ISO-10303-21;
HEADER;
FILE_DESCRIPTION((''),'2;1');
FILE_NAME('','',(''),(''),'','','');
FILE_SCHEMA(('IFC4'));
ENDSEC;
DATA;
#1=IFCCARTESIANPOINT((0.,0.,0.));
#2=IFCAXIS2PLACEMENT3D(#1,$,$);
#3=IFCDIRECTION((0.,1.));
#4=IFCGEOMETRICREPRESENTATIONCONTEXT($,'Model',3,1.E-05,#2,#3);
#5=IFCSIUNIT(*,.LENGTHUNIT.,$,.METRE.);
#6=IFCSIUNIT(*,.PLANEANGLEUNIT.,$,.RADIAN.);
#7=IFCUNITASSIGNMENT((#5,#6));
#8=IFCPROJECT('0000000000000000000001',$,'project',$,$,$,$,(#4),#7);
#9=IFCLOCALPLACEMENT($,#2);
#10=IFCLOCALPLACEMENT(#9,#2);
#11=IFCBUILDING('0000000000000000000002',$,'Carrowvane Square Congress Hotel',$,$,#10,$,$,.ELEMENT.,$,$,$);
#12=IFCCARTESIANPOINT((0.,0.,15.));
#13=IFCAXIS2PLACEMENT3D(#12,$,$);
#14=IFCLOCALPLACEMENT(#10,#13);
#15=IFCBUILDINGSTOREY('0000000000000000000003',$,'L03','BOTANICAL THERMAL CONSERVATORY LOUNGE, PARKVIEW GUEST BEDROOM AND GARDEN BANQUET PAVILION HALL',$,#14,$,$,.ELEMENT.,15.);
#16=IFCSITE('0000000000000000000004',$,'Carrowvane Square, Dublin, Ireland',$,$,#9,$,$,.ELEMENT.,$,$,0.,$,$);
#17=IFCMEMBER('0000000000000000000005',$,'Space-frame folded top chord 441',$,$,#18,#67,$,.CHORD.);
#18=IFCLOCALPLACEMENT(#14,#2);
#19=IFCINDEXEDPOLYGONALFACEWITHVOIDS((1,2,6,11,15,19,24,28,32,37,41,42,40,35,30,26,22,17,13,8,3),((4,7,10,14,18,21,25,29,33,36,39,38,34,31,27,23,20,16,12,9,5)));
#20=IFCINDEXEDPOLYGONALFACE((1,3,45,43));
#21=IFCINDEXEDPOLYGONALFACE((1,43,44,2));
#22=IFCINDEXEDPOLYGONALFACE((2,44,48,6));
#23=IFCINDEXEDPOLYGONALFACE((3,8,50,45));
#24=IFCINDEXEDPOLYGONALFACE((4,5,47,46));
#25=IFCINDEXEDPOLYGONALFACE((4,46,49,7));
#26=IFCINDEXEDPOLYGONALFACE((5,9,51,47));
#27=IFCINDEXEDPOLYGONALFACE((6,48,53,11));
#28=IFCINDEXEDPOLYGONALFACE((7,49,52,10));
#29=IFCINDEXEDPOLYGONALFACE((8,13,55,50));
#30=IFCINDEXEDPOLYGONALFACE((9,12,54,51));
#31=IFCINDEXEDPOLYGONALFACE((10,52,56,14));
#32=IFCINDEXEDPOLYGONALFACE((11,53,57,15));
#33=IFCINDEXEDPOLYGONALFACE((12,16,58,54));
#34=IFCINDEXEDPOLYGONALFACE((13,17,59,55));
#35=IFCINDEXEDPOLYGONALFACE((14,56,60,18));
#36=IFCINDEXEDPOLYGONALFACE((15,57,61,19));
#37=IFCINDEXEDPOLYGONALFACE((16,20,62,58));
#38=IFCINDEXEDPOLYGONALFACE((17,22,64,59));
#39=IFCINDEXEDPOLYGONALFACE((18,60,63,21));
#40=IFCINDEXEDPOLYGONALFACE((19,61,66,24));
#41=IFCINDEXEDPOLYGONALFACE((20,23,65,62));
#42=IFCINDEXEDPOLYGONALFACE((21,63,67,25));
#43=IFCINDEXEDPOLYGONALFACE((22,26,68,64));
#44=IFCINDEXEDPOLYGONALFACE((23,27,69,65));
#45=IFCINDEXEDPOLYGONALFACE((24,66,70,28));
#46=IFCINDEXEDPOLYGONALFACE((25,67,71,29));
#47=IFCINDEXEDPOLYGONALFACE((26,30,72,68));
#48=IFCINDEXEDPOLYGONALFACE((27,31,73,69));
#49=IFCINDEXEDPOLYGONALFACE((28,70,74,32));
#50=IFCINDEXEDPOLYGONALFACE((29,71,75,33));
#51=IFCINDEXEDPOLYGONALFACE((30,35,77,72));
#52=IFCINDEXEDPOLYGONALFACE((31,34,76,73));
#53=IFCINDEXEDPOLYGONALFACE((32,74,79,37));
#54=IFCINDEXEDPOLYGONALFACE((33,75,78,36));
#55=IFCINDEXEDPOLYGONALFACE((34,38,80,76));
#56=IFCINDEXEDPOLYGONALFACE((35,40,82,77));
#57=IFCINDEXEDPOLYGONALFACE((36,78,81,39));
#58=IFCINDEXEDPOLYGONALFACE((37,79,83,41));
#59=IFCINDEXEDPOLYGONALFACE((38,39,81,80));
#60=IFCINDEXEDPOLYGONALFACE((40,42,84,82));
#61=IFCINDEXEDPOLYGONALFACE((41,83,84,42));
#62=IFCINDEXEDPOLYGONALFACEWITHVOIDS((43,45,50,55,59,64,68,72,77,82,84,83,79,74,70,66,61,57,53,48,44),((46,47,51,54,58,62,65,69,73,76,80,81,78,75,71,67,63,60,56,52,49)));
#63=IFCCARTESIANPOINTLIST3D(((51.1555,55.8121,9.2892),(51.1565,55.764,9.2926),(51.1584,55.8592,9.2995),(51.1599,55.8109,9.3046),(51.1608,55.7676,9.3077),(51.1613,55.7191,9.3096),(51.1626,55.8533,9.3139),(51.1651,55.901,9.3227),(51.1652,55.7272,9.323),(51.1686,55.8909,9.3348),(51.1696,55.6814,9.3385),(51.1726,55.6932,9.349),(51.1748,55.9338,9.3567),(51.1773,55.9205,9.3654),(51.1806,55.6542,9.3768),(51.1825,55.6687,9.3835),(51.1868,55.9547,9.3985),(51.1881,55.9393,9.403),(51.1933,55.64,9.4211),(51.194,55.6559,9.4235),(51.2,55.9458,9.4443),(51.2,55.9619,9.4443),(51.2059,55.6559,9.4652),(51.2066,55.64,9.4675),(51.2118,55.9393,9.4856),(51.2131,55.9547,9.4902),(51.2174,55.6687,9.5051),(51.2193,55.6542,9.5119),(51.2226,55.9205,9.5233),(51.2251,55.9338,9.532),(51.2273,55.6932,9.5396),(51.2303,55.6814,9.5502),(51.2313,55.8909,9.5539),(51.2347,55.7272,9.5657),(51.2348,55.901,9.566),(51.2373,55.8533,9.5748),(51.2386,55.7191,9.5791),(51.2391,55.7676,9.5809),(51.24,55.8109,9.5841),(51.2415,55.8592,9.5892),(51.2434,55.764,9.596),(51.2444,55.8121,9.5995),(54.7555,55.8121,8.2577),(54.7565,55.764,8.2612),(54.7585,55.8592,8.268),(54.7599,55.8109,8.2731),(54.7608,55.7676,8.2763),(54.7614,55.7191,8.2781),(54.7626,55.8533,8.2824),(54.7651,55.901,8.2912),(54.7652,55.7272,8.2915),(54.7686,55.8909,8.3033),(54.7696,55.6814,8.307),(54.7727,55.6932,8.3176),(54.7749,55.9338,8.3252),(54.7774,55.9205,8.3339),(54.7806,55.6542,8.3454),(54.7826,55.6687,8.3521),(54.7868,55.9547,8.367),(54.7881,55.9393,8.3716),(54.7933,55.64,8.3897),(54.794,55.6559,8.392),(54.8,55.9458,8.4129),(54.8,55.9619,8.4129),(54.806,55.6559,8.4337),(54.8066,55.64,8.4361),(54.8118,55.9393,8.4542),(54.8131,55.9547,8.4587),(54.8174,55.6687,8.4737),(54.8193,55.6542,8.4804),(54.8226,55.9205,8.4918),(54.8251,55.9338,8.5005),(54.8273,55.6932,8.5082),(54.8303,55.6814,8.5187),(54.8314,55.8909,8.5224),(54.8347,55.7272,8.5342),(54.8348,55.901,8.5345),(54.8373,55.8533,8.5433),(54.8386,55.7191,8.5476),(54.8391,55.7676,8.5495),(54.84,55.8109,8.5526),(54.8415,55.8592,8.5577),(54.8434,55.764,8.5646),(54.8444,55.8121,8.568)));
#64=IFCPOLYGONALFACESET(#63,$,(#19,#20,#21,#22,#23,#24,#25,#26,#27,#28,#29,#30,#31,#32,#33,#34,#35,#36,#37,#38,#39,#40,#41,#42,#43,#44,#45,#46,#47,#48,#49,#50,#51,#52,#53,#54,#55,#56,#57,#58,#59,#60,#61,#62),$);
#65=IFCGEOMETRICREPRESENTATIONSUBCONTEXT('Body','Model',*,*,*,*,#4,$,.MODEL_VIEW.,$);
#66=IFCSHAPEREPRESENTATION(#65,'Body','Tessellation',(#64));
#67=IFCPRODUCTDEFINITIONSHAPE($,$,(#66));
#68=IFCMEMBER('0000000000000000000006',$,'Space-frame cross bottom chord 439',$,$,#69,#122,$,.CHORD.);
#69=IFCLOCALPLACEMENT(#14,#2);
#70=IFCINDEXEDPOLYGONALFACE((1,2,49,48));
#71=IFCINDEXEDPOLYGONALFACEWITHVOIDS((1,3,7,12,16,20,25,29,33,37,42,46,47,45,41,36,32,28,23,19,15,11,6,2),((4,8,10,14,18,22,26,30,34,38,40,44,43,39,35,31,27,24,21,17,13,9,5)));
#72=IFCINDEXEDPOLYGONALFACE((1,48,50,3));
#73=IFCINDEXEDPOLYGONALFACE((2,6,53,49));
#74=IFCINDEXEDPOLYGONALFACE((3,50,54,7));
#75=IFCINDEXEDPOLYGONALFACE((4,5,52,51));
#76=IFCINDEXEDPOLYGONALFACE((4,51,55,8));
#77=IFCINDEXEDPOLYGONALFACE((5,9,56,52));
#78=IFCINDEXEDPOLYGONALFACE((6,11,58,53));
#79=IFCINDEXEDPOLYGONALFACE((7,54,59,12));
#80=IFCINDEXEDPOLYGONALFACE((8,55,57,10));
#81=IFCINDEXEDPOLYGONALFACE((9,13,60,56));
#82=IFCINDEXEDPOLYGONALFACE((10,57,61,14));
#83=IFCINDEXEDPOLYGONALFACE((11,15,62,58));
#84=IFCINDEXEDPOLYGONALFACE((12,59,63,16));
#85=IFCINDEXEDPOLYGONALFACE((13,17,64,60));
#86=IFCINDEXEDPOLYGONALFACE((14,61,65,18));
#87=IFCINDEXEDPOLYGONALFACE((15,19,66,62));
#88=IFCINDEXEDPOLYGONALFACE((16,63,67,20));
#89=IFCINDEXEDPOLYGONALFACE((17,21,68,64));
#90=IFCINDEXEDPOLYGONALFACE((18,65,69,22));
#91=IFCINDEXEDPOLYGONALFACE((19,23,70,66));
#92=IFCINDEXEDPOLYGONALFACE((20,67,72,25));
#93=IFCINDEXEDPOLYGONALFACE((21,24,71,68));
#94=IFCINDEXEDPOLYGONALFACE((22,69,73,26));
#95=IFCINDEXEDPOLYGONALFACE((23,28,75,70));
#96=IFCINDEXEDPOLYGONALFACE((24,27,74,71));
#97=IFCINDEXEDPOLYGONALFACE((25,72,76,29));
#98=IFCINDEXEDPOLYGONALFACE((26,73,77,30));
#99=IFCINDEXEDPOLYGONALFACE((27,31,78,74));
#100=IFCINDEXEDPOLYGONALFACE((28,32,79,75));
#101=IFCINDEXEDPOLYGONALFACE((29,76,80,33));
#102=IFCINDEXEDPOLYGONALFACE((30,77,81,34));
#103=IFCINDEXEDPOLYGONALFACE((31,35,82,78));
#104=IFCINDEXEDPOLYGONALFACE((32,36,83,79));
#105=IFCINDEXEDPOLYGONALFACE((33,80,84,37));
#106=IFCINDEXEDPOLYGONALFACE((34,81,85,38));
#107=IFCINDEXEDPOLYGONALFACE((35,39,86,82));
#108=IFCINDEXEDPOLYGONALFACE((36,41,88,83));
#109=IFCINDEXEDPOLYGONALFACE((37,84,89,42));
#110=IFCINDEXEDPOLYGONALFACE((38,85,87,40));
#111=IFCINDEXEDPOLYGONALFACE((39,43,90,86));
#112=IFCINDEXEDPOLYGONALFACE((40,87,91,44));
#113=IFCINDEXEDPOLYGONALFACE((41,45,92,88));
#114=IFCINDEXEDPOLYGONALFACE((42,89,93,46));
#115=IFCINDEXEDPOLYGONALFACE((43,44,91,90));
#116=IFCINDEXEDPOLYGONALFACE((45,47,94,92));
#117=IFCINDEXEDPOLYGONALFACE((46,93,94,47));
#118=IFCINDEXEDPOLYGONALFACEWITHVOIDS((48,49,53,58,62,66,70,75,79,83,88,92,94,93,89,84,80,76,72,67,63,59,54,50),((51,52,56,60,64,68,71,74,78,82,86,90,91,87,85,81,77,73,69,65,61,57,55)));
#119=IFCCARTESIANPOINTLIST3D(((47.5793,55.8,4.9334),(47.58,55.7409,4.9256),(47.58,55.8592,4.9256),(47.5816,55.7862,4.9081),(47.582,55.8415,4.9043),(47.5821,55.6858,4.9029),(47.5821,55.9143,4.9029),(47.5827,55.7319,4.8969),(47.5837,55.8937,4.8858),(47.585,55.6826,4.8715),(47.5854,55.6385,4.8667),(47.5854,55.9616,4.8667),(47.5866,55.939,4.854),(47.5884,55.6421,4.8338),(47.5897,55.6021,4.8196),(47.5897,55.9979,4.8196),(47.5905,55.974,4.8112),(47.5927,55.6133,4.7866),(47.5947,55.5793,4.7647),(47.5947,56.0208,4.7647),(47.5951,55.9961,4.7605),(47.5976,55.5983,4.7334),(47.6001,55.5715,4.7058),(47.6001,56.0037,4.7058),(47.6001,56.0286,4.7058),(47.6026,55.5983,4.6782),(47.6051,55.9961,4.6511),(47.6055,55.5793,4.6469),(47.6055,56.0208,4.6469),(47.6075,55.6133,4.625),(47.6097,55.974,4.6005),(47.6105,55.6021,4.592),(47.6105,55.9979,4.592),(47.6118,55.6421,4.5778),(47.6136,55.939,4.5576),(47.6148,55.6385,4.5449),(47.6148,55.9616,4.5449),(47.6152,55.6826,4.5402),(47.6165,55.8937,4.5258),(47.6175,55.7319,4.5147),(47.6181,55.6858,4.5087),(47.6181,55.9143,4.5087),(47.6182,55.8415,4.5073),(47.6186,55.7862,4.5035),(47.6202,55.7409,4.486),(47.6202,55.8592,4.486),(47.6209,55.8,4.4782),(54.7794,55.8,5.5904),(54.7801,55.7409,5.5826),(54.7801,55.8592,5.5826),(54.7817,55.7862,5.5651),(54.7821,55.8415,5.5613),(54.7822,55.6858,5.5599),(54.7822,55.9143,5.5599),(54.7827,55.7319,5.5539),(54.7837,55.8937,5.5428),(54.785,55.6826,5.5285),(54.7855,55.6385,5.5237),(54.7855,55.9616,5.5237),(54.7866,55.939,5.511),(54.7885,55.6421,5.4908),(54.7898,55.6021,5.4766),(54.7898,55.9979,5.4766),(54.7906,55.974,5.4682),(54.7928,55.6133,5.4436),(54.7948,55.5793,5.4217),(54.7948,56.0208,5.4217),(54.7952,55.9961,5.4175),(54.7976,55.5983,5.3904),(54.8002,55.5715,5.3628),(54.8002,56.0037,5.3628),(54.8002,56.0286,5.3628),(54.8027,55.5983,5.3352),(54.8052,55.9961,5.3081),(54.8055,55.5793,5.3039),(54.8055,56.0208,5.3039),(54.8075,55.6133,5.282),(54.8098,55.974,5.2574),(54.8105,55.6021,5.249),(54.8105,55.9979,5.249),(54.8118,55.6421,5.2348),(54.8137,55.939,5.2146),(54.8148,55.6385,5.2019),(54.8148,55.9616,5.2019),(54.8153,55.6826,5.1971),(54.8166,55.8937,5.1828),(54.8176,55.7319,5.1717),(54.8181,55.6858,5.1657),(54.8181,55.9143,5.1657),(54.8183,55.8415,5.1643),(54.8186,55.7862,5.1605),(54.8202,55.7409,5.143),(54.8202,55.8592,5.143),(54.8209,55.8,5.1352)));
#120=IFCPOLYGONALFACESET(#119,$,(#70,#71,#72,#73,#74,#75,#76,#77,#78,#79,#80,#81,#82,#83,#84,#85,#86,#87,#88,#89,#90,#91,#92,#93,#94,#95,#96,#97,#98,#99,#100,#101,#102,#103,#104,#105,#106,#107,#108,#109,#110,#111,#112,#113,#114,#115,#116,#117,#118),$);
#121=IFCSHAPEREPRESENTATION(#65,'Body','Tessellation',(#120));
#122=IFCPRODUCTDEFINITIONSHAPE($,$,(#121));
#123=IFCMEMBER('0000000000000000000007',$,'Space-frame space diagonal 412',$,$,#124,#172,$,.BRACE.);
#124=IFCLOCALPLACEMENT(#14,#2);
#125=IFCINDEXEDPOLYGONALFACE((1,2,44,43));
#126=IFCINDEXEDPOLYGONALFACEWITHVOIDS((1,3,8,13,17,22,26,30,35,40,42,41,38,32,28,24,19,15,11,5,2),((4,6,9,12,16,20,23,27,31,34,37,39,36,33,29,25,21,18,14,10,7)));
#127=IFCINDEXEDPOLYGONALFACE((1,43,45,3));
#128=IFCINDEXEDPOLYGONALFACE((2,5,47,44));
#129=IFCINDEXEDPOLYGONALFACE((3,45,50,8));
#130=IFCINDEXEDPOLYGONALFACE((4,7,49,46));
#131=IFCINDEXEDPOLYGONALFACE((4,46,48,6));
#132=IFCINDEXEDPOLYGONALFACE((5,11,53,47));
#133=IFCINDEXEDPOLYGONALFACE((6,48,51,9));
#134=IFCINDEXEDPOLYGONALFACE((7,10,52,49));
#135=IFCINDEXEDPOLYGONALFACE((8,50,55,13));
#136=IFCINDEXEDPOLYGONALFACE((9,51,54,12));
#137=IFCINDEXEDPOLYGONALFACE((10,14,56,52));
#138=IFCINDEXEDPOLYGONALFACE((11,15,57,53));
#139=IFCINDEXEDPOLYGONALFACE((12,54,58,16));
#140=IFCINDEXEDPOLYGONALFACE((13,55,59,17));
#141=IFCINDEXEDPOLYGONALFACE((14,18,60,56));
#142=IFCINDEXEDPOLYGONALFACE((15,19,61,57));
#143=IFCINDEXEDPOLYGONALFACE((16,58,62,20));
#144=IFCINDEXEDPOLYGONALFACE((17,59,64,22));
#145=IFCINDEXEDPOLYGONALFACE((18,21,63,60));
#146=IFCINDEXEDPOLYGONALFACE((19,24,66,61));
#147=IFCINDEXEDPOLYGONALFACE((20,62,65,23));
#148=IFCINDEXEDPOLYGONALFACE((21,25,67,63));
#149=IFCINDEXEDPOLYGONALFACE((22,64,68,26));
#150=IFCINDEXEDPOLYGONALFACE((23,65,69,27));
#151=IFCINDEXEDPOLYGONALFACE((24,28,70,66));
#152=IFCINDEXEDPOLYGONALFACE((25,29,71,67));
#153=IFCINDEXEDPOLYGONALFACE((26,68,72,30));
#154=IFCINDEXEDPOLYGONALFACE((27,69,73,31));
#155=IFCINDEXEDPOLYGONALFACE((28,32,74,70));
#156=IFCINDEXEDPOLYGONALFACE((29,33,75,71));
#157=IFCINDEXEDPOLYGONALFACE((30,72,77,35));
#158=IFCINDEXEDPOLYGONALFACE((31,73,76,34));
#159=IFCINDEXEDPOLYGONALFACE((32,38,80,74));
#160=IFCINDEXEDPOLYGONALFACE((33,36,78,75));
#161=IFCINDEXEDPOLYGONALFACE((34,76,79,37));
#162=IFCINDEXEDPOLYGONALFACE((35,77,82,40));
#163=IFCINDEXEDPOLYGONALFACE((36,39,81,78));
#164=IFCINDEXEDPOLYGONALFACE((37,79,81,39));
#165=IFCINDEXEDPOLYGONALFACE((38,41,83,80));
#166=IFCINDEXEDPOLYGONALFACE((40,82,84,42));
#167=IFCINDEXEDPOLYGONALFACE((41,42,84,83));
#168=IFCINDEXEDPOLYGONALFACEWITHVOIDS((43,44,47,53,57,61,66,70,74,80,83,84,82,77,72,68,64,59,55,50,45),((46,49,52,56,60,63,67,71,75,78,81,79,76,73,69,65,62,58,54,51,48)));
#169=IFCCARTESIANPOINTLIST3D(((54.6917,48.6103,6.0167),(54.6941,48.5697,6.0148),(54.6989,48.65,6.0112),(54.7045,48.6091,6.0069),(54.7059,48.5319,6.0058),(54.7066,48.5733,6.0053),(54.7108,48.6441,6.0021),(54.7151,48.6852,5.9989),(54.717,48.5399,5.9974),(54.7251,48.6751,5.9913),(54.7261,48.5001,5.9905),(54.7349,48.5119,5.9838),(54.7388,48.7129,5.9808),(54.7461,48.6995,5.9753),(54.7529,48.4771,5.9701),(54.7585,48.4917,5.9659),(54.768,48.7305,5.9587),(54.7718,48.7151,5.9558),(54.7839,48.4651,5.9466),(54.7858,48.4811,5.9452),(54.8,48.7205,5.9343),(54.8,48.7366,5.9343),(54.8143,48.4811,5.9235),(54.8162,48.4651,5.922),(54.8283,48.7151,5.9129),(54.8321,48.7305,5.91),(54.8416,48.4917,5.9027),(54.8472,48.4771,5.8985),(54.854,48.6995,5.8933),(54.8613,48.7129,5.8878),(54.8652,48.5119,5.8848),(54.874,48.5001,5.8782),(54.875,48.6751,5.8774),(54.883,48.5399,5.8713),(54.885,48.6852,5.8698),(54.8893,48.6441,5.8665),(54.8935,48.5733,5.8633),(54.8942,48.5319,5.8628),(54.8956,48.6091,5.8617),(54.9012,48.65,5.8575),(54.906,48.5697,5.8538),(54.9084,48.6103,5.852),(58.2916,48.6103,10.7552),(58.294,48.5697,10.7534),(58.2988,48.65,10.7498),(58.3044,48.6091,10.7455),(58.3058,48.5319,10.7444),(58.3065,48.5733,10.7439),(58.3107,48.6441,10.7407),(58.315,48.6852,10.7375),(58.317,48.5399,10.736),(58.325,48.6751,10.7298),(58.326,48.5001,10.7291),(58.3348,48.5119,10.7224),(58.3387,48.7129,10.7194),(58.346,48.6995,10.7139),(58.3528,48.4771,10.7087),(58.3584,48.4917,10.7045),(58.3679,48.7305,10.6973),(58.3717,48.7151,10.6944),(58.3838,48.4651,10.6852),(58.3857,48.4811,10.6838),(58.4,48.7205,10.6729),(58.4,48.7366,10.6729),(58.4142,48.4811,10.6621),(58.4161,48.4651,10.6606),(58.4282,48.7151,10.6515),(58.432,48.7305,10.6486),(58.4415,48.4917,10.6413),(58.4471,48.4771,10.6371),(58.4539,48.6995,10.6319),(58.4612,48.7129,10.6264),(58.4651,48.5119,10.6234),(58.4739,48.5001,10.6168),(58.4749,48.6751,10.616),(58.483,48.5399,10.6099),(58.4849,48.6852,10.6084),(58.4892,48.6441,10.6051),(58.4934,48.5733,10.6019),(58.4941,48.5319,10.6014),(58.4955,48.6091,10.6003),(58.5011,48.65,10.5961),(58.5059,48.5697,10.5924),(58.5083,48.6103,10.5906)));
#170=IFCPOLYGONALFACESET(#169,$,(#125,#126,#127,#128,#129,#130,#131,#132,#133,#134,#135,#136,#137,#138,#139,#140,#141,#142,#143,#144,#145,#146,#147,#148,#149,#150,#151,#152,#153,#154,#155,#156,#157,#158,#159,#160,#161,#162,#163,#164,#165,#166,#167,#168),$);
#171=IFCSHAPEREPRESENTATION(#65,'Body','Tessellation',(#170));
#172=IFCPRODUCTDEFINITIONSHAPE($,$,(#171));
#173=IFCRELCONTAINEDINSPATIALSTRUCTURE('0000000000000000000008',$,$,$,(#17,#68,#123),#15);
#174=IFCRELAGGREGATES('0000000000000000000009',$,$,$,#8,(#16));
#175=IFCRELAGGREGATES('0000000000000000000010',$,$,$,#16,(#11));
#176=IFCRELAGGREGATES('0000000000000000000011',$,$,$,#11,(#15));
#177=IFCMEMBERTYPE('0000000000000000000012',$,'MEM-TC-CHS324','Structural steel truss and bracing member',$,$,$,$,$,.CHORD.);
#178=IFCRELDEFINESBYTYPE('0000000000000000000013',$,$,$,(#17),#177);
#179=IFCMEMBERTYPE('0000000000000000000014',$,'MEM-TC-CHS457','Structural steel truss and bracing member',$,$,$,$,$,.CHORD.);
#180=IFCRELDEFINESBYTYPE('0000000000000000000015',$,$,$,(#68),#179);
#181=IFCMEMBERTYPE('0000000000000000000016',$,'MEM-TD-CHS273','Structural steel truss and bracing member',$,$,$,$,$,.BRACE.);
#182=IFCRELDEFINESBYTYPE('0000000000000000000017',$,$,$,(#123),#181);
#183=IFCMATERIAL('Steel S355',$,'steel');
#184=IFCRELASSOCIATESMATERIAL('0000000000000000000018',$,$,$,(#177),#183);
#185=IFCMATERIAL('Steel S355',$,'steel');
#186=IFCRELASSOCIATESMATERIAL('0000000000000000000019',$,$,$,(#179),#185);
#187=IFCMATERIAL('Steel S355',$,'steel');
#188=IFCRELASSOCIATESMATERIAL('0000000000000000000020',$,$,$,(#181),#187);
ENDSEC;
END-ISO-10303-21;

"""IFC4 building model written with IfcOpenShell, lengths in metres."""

from ifc_helpers import new_model, si_unit, direction, frame, origin, origin_2d, place, context, subcontext, project, spatial, hollow_circle, extrude, material, material_profile, profile_set, type_object, element, save


model = new_model("IFC4")

# Units and contexts
model_context = context("Model", 3, precision=1e-05, world=origin(), true_north=direction((0.0, 1.0)))
body_context = subcontext(model_context, "Body", "Model", "MODEL_VIEW")
ifc_project = project(units=[si_unit("LENGTHUNIT", "METRE"), si_unit("PLANEANGLEUNIT", "RADIAN")], contexts=[model_context])

# Site, building, storey
site_placement = place(None, origin())
site = spatial("IfcSite", under=ifc_project, at=site_placement, Name="Carrowvane Square, Dublin, Ireland", CompositionType="ELEMENT", RefElevation=0.0)
building_placement = place(site_placement, origin())
building = spatial("IfcBuilding", under=site, at=building_placement, Name="Carrowvane Square Congress Hotel", CompositionType="ELEMENT")
storey_placement = place(building_placement, frame((0.0, 0.0, 15.0)))
storey = spatial("IfcBuildingStorey", under=building, at=storey_placement, Name="L03", Description="BOTANICAL THERMAL CONSERVATORY LOUNGE, PARKVIEW GUEST BEDROOM AND GARDEN BANQUET PAVILION HALL", CompositionType="ELEMENT", Elevation=15.0)

# Members
ifc_material_1 = material(Name="Steel S355", Category="steel")
ifc_material_profile_1 = material_profile(ifc_material_1, hollow_circle(Radius=0.1619, WallThickness=0.0161, at=origin_2d()), Name="CHS 323.9x16")
ifc_profile_set_1 = profile_set([ifc_material_profile_1], Name="Steel S355")
member_type_1 = type_object("IfcMemberType", Name="MEM-TC-CHS324", Description="Structural steel truss and bracing member", PredefinedType="CHORD", material=ifc_profile_set_1)
member_1_placement = place(storey_placement, frame((51.2, 55.8, 9.4443), z_axis=(0.961319, 0.0, -0.275436), x_axis=(0.0, 1.0, 0.0)))
element("IfcMember", 1, at=member_1_placement, inside=storey, type_object=member_type_1, Name="Space-frame folded top chord 441", PredefinedType="CHORD", context=body_context, shape_type="SweptSolid", body=[
    extrude(hollow_circle(Radius=0.1619, WallThickness=0.0161, at=origin_2d()), origin(), (0.0, 0.0, 1.0), 3.7449),
])
ifc_material_2 = material(Name="Steel S355", Category="steel")
ifc_material_profile_2 = material_profile(ifc_material_2, hollow_circle(Radius=0.2285, WallThickness=0.0249, at=origin_2d()), Name="CHS 457.0x25")
ifc_profile_set_2 = profile_set([ifc_material_profile_2], Name="Steel S355")
member_type_2 = type_object("IfcMemberType", Name="MEM-TC-CHS457", Description="Structural steel truss and bracing member", PredefinedType="CHORD", material=ifc_profile_set_2)
member_2_placement = place(storey_placement, frame((47.6001, 55.8, 4.7058), z_axis=(0.995863, 0.0, 0.090871), x_axis=(0.0, 1.0, 0.0)))
element("IfcMember", 2, at=member_2_placement, inside=storey, type_object=member_type_2, Name="Space-frame cross bottom chord 439", PredefinedType="CHORD", context=body_context, shape_type="SweptSolid", body=[
    extrude(hollow_circle(Radius=0.2285, WallThickness=0.0249, at=origin_2d()), origin(), (0.0, 0.0, 1.0), 7.23),
])
ifc_material_3 = material(Name="Steel S355", Category="steel")
ifc_material_profile_3 = material_profile(ifc_material_3, hollow_circle(Radius=0.1365, WallThickness=0.0161, at=origin_2d()), Name="CHS 273.0x16")
ifc_profile_set_3 = profile_set([ifc_material_profile_3], Name="Steel S355")
member_type_3 = type_object("IfcMemberType", Name="MEM-TD-CHS273", Description="Structural steel truss and bracing member", PredefinedType="BRACE", material=ifc_profile_set_3)
member_3_placement = place(storey_placement, frame((54.8, 48.6001, 5.9343), z_axis=(0.604931, 0.0, 0.796278), x_axis=(0.0, 1.0, 0.0)))
element("IfcMember", 3, at=member_3_placement, inside=storey, type_object=member_type_3, Name="Space-frame space diagonal 412", PredefinedType="BRACE", context=body_context, shape_type="SweptSolid", body=[
    extrude(hollow_circle(Radius=0.1365, WallThickness=0.0161, at=origin_2d()), origin(), (0.0, 0.0, 1.0), 5.9509),
])

save(model, "model.ifc")
